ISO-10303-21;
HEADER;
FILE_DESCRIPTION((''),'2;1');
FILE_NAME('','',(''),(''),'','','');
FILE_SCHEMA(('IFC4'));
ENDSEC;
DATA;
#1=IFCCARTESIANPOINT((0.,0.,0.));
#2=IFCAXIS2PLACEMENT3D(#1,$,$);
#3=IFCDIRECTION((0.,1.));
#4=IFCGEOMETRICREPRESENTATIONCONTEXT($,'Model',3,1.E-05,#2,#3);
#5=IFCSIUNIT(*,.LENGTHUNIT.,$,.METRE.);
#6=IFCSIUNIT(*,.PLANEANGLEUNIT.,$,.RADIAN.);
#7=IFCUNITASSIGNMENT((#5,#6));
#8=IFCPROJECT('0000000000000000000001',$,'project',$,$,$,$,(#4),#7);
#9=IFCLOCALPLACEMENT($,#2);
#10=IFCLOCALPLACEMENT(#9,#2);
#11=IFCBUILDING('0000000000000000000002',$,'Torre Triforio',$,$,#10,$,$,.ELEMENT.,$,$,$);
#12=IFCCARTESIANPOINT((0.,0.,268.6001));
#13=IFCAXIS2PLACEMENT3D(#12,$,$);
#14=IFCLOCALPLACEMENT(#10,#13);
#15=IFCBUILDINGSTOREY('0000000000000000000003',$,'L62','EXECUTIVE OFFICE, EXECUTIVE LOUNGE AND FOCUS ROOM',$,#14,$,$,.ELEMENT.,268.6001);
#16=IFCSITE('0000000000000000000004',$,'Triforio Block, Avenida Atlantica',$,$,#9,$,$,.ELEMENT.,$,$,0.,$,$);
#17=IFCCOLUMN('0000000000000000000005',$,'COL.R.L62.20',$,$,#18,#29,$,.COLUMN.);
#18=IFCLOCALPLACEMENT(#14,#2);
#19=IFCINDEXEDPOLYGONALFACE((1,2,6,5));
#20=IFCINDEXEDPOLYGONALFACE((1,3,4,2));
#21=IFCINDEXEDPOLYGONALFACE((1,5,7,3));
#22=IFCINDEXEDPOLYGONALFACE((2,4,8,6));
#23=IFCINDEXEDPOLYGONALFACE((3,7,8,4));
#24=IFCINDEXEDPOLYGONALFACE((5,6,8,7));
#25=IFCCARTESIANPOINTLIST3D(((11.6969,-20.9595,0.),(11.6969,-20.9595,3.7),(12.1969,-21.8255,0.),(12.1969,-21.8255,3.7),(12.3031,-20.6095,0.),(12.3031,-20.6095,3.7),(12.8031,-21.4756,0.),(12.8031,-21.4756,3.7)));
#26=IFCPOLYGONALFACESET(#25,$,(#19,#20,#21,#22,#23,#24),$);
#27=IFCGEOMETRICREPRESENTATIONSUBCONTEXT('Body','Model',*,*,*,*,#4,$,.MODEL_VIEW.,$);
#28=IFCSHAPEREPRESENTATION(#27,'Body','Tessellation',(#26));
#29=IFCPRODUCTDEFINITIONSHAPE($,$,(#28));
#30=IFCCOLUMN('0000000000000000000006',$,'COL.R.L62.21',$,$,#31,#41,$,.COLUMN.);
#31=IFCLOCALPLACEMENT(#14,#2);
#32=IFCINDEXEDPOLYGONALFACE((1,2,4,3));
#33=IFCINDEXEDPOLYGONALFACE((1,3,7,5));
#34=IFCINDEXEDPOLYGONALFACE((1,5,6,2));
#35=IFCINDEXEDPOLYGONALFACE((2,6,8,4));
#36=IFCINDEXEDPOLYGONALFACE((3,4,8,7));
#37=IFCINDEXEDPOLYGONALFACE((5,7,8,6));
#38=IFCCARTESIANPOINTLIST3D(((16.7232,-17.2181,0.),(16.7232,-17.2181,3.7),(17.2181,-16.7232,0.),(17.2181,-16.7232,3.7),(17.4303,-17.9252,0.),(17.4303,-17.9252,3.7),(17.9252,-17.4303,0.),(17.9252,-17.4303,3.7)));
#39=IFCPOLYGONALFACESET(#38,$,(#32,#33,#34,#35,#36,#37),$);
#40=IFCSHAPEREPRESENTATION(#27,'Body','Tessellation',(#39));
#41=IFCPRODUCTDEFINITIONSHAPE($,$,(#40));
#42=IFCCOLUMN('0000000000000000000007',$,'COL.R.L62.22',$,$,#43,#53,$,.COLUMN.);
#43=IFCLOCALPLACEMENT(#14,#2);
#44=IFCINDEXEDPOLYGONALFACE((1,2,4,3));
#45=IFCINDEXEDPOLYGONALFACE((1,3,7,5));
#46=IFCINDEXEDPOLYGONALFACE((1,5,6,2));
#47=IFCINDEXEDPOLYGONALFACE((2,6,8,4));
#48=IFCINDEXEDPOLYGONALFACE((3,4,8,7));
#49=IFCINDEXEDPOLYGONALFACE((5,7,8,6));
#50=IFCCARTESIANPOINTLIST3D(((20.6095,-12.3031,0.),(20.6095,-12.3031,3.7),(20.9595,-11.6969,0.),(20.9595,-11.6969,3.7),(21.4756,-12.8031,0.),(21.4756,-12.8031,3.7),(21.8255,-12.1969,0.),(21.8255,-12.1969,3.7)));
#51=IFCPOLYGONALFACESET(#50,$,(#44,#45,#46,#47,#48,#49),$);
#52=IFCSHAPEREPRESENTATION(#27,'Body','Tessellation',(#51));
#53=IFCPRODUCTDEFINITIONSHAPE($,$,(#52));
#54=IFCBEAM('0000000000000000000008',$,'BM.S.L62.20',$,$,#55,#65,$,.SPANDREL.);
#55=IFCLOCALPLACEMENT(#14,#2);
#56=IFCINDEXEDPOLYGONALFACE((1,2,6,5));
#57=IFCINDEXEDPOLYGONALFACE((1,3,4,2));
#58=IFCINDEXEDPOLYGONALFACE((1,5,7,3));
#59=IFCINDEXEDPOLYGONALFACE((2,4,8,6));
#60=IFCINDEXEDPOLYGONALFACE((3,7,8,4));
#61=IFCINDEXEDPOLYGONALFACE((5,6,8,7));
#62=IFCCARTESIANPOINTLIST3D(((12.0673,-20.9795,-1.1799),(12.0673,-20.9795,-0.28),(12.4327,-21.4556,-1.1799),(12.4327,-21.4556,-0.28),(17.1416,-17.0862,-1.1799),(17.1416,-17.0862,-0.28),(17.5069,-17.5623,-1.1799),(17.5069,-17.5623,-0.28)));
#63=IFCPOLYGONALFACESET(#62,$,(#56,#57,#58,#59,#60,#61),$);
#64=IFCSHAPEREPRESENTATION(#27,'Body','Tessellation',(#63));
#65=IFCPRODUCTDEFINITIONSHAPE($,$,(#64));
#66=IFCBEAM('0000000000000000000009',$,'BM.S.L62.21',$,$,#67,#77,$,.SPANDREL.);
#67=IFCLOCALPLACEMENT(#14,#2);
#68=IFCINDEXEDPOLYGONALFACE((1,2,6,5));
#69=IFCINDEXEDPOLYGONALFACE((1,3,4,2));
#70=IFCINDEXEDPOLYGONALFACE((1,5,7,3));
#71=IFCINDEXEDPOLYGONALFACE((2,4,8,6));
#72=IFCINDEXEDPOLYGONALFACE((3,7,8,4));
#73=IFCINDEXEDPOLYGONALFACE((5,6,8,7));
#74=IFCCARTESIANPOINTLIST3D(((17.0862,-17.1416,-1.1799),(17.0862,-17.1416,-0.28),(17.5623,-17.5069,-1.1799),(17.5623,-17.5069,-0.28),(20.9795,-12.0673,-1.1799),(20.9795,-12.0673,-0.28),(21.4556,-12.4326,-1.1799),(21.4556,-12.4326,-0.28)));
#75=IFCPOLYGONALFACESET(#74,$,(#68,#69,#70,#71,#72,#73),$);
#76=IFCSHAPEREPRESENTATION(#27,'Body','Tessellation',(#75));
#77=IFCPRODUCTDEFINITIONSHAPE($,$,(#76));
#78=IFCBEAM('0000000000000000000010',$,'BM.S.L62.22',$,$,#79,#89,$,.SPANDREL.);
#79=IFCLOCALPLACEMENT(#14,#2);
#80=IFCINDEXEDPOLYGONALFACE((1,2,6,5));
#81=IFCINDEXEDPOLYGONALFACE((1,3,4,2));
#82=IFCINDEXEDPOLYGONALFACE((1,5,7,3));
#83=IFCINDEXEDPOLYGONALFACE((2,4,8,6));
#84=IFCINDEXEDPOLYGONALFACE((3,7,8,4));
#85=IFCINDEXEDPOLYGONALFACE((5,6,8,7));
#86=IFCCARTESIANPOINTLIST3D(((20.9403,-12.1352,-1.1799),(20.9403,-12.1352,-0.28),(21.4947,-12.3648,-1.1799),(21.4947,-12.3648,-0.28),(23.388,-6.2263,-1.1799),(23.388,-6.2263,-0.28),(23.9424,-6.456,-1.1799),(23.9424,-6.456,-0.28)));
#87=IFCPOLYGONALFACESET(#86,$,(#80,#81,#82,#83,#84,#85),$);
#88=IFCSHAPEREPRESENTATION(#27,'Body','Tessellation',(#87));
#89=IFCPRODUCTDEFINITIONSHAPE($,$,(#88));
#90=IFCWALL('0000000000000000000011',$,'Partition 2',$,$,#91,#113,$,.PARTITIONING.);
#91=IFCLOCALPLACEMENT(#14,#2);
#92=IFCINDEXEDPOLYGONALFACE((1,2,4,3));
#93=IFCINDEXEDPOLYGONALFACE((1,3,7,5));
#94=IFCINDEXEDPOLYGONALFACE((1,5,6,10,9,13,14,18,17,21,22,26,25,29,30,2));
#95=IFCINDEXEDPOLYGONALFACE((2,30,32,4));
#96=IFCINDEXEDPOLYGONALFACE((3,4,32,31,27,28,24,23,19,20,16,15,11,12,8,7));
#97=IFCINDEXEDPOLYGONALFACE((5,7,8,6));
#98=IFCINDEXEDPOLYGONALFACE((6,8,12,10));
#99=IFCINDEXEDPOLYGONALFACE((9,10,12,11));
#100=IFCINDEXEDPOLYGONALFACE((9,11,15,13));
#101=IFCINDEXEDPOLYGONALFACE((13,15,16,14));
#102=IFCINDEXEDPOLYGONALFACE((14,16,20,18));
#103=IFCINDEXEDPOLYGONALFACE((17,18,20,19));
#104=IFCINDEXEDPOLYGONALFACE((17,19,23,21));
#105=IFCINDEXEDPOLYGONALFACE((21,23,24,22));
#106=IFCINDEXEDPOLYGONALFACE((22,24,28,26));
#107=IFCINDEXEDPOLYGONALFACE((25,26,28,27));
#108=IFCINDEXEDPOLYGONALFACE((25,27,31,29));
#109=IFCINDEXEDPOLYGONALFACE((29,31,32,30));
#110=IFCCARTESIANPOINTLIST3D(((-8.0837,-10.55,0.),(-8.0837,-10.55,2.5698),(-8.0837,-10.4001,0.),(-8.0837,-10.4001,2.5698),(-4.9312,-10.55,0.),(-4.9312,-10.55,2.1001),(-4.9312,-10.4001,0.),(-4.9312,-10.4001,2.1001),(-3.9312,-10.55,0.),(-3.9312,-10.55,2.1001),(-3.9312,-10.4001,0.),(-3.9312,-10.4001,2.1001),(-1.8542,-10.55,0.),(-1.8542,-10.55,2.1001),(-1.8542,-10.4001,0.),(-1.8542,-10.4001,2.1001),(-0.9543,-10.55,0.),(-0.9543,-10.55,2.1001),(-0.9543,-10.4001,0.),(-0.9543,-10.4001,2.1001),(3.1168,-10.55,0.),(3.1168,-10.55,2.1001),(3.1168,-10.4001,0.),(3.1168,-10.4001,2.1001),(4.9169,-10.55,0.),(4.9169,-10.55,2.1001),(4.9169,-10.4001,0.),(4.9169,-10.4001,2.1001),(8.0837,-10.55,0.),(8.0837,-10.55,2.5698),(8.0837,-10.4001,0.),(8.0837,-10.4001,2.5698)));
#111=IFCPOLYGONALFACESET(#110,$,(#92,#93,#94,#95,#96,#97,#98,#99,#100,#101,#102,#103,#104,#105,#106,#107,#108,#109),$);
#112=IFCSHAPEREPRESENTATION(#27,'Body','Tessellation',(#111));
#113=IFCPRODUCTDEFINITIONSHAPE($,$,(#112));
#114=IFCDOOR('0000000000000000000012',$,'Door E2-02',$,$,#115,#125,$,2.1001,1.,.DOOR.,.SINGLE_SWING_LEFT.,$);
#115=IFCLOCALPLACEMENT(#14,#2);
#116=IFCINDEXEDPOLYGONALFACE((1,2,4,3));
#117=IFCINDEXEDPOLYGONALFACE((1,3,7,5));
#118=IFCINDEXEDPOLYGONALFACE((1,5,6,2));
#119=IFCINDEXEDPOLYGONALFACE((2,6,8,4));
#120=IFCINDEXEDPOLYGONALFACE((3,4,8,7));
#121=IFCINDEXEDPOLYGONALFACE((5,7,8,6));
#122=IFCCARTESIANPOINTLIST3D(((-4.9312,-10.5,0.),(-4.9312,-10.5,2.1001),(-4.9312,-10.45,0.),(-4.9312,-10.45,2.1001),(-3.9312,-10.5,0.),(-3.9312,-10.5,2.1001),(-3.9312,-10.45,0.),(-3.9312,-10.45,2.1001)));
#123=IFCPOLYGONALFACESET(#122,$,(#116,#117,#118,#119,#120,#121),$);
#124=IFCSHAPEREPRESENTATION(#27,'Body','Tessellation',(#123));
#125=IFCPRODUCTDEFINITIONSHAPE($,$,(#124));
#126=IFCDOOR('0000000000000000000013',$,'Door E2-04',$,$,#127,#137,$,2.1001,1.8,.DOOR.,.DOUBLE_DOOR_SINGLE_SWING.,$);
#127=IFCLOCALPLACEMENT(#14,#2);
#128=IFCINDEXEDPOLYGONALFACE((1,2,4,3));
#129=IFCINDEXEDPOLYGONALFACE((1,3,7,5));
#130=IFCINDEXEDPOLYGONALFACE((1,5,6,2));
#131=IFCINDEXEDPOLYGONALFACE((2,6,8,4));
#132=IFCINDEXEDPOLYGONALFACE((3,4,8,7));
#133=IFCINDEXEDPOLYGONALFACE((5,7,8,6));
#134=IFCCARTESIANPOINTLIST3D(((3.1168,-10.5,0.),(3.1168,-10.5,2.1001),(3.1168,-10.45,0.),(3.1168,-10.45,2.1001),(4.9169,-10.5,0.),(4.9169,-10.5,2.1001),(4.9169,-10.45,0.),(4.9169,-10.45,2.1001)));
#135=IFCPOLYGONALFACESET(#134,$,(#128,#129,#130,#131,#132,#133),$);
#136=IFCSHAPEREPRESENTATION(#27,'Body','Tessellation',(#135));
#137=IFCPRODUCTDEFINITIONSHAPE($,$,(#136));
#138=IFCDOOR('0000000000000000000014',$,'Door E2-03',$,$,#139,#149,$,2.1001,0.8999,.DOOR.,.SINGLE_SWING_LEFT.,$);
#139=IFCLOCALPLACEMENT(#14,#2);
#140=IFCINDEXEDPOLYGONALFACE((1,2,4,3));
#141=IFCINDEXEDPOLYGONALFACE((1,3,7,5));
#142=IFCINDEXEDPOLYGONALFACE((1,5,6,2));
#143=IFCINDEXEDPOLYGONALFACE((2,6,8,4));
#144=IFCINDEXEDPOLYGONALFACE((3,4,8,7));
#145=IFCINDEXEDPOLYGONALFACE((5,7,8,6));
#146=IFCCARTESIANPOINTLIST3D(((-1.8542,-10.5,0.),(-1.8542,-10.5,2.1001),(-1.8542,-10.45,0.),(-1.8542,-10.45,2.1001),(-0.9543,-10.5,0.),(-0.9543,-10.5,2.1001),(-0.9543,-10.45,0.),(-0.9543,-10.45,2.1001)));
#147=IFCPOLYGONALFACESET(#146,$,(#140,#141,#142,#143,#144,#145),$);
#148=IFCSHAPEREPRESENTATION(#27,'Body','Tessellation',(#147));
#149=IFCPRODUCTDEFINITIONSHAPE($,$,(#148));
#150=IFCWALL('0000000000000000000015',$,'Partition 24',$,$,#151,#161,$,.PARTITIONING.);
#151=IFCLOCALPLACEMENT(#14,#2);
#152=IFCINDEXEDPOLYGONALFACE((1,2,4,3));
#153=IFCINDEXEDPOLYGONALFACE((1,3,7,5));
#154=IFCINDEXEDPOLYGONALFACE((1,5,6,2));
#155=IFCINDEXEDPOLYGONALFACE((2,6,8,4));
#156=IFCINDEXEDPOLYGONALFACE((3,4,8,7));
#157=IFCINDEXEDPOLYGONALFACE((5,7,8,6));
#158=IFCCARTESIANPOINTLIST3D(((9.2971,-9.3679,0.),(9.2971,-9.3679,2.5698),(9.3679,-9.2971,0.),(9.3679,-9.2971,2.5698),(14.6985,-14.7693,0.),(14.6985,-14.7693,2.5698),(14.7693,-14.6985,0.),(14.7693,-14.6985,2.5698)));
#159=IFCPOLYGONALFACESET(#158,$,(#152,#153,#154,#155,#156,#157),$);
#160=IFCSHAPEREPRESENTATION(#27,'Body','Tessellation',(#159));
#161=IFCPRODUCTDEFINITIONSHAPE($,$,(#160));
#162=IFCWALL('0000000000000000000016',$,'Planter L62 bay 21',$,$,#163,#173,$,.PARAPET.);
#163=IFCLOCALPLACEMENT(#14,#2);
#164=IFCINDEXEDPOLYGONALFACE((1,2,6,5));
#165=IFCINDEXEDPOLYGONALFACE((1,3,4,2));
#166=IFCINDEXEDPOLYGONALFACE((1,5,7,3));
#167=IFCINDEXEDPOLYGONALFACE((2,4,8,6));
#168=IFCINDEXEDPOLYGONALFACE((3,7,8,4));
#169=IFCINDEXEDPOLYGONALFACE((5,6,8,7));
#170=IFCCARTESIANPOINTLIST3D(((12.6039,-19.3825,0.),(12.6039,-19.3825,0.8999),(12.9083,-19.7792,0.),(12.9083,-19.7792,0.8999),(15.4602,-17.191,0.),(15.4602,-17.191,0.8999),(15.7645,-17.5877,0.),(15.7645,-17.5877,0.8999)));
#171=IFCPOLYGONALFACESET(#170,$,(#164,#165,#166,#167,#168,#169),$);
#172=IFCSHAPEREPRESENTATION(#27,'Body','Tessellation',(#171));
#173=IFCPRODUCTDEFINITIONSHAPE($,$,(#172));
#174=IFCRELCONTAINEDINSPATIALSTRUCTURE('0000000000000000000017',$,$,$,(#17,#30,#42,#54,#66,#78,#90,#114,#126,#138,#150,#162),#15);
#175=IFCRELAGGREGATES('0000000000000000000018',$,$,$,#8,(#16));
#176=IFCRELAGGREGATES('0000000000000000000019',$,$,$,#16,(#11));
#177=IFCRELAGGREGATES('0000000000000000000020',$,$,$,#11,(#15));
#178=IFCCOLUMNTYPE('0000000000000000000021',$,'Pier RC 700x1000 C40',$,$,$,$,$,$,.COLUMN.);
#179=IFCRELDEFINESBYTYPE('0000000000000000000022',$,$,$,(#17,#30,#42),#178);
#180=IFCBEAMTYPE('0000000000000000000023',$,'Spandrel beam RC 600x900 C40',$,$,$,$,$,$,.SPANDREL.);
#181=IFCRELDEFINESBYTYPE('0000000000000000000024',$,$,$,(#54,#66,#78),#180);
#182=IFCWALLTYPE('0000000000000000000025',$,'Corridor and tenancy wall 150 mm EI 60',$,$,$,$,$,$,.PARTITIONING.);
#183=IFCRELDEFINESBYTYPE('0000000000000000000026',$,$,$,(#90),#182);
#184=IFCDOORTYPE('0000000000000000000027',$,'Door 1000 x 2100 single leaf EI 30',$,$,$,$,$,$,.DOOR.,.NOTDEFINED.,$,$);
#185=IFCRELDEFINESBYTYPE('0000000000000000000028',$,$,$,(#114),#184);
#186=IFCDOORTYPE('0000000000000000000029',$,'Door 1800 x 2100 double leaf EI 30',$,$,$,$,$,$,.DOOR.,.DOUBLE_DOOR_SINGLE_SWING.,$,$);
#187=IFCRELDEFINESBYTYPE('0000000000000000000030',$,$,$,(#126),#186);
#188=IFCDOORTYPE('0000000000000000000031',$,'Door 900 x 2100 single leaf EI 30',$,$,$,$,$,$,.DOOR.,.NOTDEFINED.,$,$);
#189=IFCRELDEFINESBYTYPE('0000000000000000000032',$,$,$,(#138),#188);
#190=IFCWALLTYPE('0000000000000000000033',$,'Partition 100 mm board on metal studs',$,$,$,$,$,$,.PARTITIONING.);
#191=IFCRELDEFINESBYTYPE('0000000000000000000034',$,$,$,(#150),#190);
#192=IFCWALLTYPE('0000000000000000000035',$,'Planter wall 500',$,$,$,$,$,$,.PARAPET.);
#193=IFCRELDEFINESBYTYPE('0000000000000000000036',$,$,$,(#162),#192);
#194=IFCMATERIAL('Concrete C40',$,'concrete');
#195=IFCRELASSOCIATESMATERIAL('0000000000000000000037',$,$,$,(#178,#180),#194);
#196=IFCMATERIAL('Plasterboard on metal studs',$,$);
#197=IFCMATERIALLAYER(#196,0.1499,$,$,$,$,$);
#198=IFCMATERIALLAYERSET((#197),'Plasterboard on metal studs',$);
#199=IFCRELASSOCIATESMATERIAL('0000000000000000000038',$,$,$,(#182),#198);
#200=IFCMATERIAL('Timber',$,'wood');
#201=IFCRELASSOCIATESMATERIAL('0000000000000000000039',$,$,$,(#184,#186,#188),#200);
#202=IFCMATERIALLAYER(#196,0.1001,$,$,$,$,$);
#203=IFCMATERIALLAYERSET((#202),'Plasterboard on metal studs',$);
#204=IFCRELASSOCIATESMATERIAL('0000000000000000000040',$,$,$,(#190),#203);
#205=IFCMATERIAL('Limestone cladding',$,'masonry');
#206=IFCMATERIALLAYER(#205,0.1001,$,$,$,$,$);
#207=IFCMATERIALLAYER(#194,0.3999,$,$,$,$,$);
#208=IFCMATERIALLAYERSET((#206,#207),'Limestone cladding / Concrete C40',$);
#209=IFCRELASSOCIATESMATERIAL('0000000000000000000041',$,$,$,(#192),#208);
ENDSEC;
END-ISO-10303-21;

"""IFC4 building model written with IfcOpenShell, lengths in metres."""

from ifc_helpers import new_model, si_unit, direction, frame, frame_2d, origin, origin_2d, place, context, subcontext, project, spatial, rectangle, extrude, material, layer, layer_set, material_profile, profile_set, type_object, element, fill, save


model = new_model("IFC4")

# Units and contexts
model_context = context("Model", 3, precision=1e-05, world=origin(), true_north=direction((0.0, 1.0)))
body_context = subcontext(model_context, "Body", "Model", "MODEL_VIEW")
ifc_project = project(units=[si_unit("LENGTHUNIT", "METRE"), si_unit("PLANEANGLEUNIT", "RADIAN")], contexts=[model_context])

# Site, building, storey
site_placement = place(None, origin())
site = spatial("IfcSite", under=ifc_project, at=site_placement, Name="Triforio Block, Avenida Atlantica", CompositionType="ELEMENT", RefElevation=0.0)
building_placement = place(site_placement, origin())
building = spatial("IfcBuilding", under=site, at=building_placement, Name="Torre Triforio", CompositionType="ELEMENT")
storey_placement = place(building_placement, frame((0.0, 0.0, 268.6001)))
storey = spatial("IfcBuildingStorey", under=building, at=storey_placement, Name="L62", Description="EXECUTIVE OFFICE, EXECUTIVE LOUNGE AND FOCUS ROOM", CompositionType="ELEMENT", Elevation=268.6001)

# Columns
ifc_material_1 = material(Name="Concrete C40", Category="concrete")
ifc_material_profile_1 = material_profile(ifc_material_1, rectangle(XDim=0.7, YDim=1.0, at=origin_2d()), Name="RC 700x1000")
ifc_profile_set_1 = profile_set([ifc_material_profile_1], Name="Concrete C40")
column_type = type_object("IfcColumnType", Name="Pier RC 700x1000 C40", PredefinedType="COLUMN", material=ifc_profile_set_1)
for number, where, z_axis, x_axis, name in (
    (1, (12.25, -21.2175, 0.0), (0.0, 0.0, 1.0), (0.866025, 0.5, 0.0), "COL.R.L62.20"),
    (2, (17.3242, -17.3242, 0.0), (0.0, 0.0, 1.0), (0.707107, 0.707107, 0.0), "COL.R.L62.21"),
    (3, (21.2175, -12.25, 0.0), (0.0, 0.0, 1.0), (0.5, 0.866025, 0.0), "COL.R.L62.22"),
):
    element("IfcColumn", number, at=place(storey_placement, frame(where, z_axis=z_axis, x_axis=x_axis)), inside=storey, type_object=column_type, Name=name, PredefinedType="COLUMN", context=body_context, shape_type="SweptSolid", body=[
        extrude(rectangle(XDim=0.7, YDim=1.0, at=origin_2d()), origin(), (0.0, 0.0, 1.0), 3.7),
    ])

# Beams
ifc_material_profile_2 = material_profile(ifc_material_1, rectangle(XDim=0.6001, YDim=0.8999, at=origin_2d()), Name="RC 600x900")
ifc_profile_set_2 = profile_set([ifc_material_profile_2], Name="Concrete C40")
beam_type = type_object("IfcBeamType", Name="Spandrel beam RC 600x900 C40", PredefinedType="SPANDREL", material=ifc_profile_set_2)
for number, where, z_axis, x_axis, name in (
    (4, (12.25, -21.2175, -0.73), (0.793374, 0.608734, 0.0), (-0.608734, 0.793374, 0.0), "BM.S.L62.20"),
    (5, (17.3242, -17.3242, -0.73), (0.608734, 0.793374, 0.0), (-0.793374, 0.608734, 0.0), "BM.S.L62.21"),
    (6, (21.2175, -12.25, -0.73), (0.382709, 0.923869, 0.0), (-0.923869, 0.382709, 0.0), "BM.S.L62.22"),
):
    element("IfcBeam", number, at=place(storey_placement, frame(where, z_axis=z_axis, x_axis=x_axis)), inside=storey, type_object=beam_type, Name=name, PredefinedType="SPANDREL", context=body_context, shape_type="SweptSolid", body=[
        extrude(rectangle(XDim=0.6001, YDim=0.8999, at=origin_2d()), origin(), (0.0, 0.0, 1.0), 6.3958),
    ])

# Wall, openings, doors
ifc_material_2 = material(Name="Plasterboard on metal studs")
ifc_layer_1 = layer(ifc_material_2, 0.1499)
ifc_layer_set_1 = layer_set([ifc_layer_1], Name="Plasterboard on metal studs")
wall_type_1 = type_object("IfcWallType", Name="Corridor and tenancy wall 150 mm EI 60", PredefinedType="PARTITIONING", material=ifc_layer_set_1)
wall_1_placement = place(storey_placement, frame((8.0837, -10.4751, 0.0), z_axis=(0.0, 0.0, 1.0), x_axis=(-1.0, 0.0, 0.0)))
wall_1 = element("IfcWall", 7, at=wall_1_placement, inside=storey, type_object=wall_type_1, Name="Partition 2", PredefinedType="PARTITIONING", context=body_context, shape_type="SweptSolid", body=[
    extrude(rectangle(XDim=16.1675, YDim=0.1499, at=frame_2d((8.0837, 0.0))), origin(), (0.0, 0.0, 1.0), 2.5698),
])
opening_1_placement = place(wall_1_placement, frame((12.0149, 0.0, 0.0)))
opening_1 = element("IfcOpeningElement", 8, at=opening_1_placement, cuts=wall_1, PredefinedType="OPENING", context=body_context, shape_type="SweptSolid", body=[
    extrude(rectangle(XDim=1.0, YDim=2.1001, at=frame_2d((0.5, 1.05))), frame((0.0, 0.085, 0.0), z_axis=(0.0, -1.0, 0.0), x_axis=(1.0, 0.0, 0.0)), (0.0, 0.0, 1.0), 0.1699),
])
opening_2_placement = place(wall_1_placement, frame((9.0381, 0.0, 0.0)))
opening_2 = element("IfcOpeningElement", 9, at=opening_2_placement, cuts=wall_1, PredefinedType="OPENING", context=body_context, shape_type="SweptSolid", body=[
    extrude(rectangle(XDim=0.8999, YDim=2.1001, at=frame_2d((0.45, 1.05))), frame((0.0, 0.085, 0.0), z_axis=(0.0, -1.0, 0.0), x_axis=(1.0, 0.0, 0.0)), (0.0, 0.0, 1.0), 0.1699),
])
opening_3_placement = place(wall_1_placement, frame((3.167, 0.0, 0.0)))
opening_3 = element("IfcOpeningElement", 10, at=opening_3_placement, cuts=wall_1, PredefinedType="OPENING", context=body_context, shape_type="SweptSolid", body=[
    extrude(rectangle(XDim=1.8, YDim=2.1001, at=frame_2d((0.8999, 1.05))), frame((0.0, 0.085, 0.0), z_axis=(0.0, -1.0, 0.0), x_axis=(1.0, 0.0, 0.0)), (0.0, 0.0, 1.0), 0.1699),
])
ifc_material_3 = material(Name="Timber", Category="wood")
door_type_1 = type_object("IfcDoorType", Name="Door 1000 x 2100 single leaf EI 30", OperationType="NOTDEFINED", PredefinedType="DOOR", material=ifc_material_3)
door_1_placement = place(opening_1_placement, origin())
door_1 = element("IfcDoor", 11, at=door_1_placement, inside=storey, type_object=door_type_1, Name="Door E2-02", OperationType="SINGLE_SWING_LEFT", OverallHeight=2.1001, OverallWidth=1.0, PredefinedType="DOOR", context=body_context, shape_type="SweptSolid", body=[
    extrude(rectangle(XDim=1.0, YDim=2.1001, at=frame_2d((0.5, 1.05))), frame((0.0, 0.0249, 0.0), z_axis=(0.0, -1.0, 0.0), x_axis=(1.0, 0.0, 0.0)), (0.0, 0.0, 1.0), 0.05),
])
fill(opening_1, door_1)
door_type_2 = type_object("IfcDoorType", Name="Door 1800 x 2100 double leaf EI 30", OperationType="DOUBLE_DOOR_SINGLE_SWING", PredefinedType="DOOR", material=ifc_material_3)
door_2_placement = place(opening_3_placement, origin())
door_2 = element("IfcDoor", 12, at=door_2_placement, inside=storey, type_object=door_type_2, Name="Door E2-04", OperationType="DOUBLE_DOOR_SINGLE_SWING", OverallHeight=2.1001, OverallWidth=1.8, PredefinedType="DOOR", context=body_context, shape_type="SweptSolid", body=[
    extrude(rectangle(XDim=1.8, YDim=2.1001, at=frame_2d((0.8999, 1.05))), frame((0.0, 0.0249, 0.0), z_axis=(0.0, -1.0, 0.0), x_axis=(1.0, 0.0, 0.0)), (0.0, 0.0, 1.0), 0.05),
])
fill(opening_3, door_2)
door_type_3 = type_object("IfcDoorType", Name="Door 900 x 2100 single leaf EI 30", OperationType="NOTDEFINED", PredefinedType="DOOR", material=ifc_material_3)
door_3_placement = place(opening_2_placement, origin())
door_3 = element("IfcDoor", 13, at=door_3_placement, inside=storey, type_object=door_type_3, Name="Door E2-03", OperationType="SINGLE_SWING_LEFT", OverallHeight=2.1001, OverallWidth=0.8999, PredefinedType="DOOR", context=body_context, shape_type="SweptSolid", body=[
    extrude(rectangle(XDim=0.8999, YDim=2.1001, at=frame_2d((0.45, 1.05))), frame((0.0, 0.0249, 0.0), z_axis=(0.0, -1.0, 0.0), x_axis=(1.0, 0.0, 0.0)), (0.0, 0.0, 1.0), 0.05),
])
fill(opening_2, door_3)

# Walls
ifc_layer_2 = layer(ifc_material_2, 0.1001)
ifc_layer_set_2 = layer_set([ifc_layer_2], Name="Plasterboard on metal studs")
wall_type_2 = type_object("IfcWallType", Name="Partition 100 mm board on metal studs", PredefinedType="PARTITIONING", material=ifc_layer_set_2)
wall_2_placement = place(storey_placement, frame((9.3325, -9.3325, 0.0), z_axis=(0.0, 0.0, 1.0), x_axis=(0.707107, -0.707107, 0.0)))
element("IfcWall", 14, at=wall_2_placement, inside=storey, type_object=wall_type_2, Name="Partition 24", PredefinedType="PARTITIONING", context=body_context, shape_type="SweptSolid", body=[
    extrude(rectangle(XDim=7.6387, YDim=0.1001, at=frame_2d((3.8193, 0.0))), origin(), (0.0, 0.0, 1.0), 2.5698),
])
ifc_material_4 = material(Name="Limestone cladding", Category="masonry")
ifc_layer_3 = layer(ifc_material_4, 0.1001)
ifc_layer_4 = layer(ifc_material_1, 0.3999)
ifc_layer_set_3 = layer_set([ifc_layer_3, ifc_layer_4], Name="Limestone cladding / Concrete C40")
wall_type_3 = type_object("IfcWallType", Name="Planter wall 500", PredefinedType="PARAPET", material=ifc_layer_set_3)
wall_3_placement = place(storey_placement, frame((12.7561, -19.5808, 0.0), z_axis=(0.0, 0.0, 1.0), x_axis=(0.793385, 0.608721, 0.0)))
element("IfcWall", 15, at=wall_3_placement, inside=storey, type_object=wall_type_3, Name="Planter L62 bay 21", PredefinedType="PARAPET", context=body_context, shape_type="SweptSolid", body=[
    extrude(rectangle(XDim=3.6001, YDim=0.5, at=frame_2d((1.8, 0.0))), origin(), (0.0, 0.0, 1.0), 0.8999),
])

save(model, "model.ifc")
